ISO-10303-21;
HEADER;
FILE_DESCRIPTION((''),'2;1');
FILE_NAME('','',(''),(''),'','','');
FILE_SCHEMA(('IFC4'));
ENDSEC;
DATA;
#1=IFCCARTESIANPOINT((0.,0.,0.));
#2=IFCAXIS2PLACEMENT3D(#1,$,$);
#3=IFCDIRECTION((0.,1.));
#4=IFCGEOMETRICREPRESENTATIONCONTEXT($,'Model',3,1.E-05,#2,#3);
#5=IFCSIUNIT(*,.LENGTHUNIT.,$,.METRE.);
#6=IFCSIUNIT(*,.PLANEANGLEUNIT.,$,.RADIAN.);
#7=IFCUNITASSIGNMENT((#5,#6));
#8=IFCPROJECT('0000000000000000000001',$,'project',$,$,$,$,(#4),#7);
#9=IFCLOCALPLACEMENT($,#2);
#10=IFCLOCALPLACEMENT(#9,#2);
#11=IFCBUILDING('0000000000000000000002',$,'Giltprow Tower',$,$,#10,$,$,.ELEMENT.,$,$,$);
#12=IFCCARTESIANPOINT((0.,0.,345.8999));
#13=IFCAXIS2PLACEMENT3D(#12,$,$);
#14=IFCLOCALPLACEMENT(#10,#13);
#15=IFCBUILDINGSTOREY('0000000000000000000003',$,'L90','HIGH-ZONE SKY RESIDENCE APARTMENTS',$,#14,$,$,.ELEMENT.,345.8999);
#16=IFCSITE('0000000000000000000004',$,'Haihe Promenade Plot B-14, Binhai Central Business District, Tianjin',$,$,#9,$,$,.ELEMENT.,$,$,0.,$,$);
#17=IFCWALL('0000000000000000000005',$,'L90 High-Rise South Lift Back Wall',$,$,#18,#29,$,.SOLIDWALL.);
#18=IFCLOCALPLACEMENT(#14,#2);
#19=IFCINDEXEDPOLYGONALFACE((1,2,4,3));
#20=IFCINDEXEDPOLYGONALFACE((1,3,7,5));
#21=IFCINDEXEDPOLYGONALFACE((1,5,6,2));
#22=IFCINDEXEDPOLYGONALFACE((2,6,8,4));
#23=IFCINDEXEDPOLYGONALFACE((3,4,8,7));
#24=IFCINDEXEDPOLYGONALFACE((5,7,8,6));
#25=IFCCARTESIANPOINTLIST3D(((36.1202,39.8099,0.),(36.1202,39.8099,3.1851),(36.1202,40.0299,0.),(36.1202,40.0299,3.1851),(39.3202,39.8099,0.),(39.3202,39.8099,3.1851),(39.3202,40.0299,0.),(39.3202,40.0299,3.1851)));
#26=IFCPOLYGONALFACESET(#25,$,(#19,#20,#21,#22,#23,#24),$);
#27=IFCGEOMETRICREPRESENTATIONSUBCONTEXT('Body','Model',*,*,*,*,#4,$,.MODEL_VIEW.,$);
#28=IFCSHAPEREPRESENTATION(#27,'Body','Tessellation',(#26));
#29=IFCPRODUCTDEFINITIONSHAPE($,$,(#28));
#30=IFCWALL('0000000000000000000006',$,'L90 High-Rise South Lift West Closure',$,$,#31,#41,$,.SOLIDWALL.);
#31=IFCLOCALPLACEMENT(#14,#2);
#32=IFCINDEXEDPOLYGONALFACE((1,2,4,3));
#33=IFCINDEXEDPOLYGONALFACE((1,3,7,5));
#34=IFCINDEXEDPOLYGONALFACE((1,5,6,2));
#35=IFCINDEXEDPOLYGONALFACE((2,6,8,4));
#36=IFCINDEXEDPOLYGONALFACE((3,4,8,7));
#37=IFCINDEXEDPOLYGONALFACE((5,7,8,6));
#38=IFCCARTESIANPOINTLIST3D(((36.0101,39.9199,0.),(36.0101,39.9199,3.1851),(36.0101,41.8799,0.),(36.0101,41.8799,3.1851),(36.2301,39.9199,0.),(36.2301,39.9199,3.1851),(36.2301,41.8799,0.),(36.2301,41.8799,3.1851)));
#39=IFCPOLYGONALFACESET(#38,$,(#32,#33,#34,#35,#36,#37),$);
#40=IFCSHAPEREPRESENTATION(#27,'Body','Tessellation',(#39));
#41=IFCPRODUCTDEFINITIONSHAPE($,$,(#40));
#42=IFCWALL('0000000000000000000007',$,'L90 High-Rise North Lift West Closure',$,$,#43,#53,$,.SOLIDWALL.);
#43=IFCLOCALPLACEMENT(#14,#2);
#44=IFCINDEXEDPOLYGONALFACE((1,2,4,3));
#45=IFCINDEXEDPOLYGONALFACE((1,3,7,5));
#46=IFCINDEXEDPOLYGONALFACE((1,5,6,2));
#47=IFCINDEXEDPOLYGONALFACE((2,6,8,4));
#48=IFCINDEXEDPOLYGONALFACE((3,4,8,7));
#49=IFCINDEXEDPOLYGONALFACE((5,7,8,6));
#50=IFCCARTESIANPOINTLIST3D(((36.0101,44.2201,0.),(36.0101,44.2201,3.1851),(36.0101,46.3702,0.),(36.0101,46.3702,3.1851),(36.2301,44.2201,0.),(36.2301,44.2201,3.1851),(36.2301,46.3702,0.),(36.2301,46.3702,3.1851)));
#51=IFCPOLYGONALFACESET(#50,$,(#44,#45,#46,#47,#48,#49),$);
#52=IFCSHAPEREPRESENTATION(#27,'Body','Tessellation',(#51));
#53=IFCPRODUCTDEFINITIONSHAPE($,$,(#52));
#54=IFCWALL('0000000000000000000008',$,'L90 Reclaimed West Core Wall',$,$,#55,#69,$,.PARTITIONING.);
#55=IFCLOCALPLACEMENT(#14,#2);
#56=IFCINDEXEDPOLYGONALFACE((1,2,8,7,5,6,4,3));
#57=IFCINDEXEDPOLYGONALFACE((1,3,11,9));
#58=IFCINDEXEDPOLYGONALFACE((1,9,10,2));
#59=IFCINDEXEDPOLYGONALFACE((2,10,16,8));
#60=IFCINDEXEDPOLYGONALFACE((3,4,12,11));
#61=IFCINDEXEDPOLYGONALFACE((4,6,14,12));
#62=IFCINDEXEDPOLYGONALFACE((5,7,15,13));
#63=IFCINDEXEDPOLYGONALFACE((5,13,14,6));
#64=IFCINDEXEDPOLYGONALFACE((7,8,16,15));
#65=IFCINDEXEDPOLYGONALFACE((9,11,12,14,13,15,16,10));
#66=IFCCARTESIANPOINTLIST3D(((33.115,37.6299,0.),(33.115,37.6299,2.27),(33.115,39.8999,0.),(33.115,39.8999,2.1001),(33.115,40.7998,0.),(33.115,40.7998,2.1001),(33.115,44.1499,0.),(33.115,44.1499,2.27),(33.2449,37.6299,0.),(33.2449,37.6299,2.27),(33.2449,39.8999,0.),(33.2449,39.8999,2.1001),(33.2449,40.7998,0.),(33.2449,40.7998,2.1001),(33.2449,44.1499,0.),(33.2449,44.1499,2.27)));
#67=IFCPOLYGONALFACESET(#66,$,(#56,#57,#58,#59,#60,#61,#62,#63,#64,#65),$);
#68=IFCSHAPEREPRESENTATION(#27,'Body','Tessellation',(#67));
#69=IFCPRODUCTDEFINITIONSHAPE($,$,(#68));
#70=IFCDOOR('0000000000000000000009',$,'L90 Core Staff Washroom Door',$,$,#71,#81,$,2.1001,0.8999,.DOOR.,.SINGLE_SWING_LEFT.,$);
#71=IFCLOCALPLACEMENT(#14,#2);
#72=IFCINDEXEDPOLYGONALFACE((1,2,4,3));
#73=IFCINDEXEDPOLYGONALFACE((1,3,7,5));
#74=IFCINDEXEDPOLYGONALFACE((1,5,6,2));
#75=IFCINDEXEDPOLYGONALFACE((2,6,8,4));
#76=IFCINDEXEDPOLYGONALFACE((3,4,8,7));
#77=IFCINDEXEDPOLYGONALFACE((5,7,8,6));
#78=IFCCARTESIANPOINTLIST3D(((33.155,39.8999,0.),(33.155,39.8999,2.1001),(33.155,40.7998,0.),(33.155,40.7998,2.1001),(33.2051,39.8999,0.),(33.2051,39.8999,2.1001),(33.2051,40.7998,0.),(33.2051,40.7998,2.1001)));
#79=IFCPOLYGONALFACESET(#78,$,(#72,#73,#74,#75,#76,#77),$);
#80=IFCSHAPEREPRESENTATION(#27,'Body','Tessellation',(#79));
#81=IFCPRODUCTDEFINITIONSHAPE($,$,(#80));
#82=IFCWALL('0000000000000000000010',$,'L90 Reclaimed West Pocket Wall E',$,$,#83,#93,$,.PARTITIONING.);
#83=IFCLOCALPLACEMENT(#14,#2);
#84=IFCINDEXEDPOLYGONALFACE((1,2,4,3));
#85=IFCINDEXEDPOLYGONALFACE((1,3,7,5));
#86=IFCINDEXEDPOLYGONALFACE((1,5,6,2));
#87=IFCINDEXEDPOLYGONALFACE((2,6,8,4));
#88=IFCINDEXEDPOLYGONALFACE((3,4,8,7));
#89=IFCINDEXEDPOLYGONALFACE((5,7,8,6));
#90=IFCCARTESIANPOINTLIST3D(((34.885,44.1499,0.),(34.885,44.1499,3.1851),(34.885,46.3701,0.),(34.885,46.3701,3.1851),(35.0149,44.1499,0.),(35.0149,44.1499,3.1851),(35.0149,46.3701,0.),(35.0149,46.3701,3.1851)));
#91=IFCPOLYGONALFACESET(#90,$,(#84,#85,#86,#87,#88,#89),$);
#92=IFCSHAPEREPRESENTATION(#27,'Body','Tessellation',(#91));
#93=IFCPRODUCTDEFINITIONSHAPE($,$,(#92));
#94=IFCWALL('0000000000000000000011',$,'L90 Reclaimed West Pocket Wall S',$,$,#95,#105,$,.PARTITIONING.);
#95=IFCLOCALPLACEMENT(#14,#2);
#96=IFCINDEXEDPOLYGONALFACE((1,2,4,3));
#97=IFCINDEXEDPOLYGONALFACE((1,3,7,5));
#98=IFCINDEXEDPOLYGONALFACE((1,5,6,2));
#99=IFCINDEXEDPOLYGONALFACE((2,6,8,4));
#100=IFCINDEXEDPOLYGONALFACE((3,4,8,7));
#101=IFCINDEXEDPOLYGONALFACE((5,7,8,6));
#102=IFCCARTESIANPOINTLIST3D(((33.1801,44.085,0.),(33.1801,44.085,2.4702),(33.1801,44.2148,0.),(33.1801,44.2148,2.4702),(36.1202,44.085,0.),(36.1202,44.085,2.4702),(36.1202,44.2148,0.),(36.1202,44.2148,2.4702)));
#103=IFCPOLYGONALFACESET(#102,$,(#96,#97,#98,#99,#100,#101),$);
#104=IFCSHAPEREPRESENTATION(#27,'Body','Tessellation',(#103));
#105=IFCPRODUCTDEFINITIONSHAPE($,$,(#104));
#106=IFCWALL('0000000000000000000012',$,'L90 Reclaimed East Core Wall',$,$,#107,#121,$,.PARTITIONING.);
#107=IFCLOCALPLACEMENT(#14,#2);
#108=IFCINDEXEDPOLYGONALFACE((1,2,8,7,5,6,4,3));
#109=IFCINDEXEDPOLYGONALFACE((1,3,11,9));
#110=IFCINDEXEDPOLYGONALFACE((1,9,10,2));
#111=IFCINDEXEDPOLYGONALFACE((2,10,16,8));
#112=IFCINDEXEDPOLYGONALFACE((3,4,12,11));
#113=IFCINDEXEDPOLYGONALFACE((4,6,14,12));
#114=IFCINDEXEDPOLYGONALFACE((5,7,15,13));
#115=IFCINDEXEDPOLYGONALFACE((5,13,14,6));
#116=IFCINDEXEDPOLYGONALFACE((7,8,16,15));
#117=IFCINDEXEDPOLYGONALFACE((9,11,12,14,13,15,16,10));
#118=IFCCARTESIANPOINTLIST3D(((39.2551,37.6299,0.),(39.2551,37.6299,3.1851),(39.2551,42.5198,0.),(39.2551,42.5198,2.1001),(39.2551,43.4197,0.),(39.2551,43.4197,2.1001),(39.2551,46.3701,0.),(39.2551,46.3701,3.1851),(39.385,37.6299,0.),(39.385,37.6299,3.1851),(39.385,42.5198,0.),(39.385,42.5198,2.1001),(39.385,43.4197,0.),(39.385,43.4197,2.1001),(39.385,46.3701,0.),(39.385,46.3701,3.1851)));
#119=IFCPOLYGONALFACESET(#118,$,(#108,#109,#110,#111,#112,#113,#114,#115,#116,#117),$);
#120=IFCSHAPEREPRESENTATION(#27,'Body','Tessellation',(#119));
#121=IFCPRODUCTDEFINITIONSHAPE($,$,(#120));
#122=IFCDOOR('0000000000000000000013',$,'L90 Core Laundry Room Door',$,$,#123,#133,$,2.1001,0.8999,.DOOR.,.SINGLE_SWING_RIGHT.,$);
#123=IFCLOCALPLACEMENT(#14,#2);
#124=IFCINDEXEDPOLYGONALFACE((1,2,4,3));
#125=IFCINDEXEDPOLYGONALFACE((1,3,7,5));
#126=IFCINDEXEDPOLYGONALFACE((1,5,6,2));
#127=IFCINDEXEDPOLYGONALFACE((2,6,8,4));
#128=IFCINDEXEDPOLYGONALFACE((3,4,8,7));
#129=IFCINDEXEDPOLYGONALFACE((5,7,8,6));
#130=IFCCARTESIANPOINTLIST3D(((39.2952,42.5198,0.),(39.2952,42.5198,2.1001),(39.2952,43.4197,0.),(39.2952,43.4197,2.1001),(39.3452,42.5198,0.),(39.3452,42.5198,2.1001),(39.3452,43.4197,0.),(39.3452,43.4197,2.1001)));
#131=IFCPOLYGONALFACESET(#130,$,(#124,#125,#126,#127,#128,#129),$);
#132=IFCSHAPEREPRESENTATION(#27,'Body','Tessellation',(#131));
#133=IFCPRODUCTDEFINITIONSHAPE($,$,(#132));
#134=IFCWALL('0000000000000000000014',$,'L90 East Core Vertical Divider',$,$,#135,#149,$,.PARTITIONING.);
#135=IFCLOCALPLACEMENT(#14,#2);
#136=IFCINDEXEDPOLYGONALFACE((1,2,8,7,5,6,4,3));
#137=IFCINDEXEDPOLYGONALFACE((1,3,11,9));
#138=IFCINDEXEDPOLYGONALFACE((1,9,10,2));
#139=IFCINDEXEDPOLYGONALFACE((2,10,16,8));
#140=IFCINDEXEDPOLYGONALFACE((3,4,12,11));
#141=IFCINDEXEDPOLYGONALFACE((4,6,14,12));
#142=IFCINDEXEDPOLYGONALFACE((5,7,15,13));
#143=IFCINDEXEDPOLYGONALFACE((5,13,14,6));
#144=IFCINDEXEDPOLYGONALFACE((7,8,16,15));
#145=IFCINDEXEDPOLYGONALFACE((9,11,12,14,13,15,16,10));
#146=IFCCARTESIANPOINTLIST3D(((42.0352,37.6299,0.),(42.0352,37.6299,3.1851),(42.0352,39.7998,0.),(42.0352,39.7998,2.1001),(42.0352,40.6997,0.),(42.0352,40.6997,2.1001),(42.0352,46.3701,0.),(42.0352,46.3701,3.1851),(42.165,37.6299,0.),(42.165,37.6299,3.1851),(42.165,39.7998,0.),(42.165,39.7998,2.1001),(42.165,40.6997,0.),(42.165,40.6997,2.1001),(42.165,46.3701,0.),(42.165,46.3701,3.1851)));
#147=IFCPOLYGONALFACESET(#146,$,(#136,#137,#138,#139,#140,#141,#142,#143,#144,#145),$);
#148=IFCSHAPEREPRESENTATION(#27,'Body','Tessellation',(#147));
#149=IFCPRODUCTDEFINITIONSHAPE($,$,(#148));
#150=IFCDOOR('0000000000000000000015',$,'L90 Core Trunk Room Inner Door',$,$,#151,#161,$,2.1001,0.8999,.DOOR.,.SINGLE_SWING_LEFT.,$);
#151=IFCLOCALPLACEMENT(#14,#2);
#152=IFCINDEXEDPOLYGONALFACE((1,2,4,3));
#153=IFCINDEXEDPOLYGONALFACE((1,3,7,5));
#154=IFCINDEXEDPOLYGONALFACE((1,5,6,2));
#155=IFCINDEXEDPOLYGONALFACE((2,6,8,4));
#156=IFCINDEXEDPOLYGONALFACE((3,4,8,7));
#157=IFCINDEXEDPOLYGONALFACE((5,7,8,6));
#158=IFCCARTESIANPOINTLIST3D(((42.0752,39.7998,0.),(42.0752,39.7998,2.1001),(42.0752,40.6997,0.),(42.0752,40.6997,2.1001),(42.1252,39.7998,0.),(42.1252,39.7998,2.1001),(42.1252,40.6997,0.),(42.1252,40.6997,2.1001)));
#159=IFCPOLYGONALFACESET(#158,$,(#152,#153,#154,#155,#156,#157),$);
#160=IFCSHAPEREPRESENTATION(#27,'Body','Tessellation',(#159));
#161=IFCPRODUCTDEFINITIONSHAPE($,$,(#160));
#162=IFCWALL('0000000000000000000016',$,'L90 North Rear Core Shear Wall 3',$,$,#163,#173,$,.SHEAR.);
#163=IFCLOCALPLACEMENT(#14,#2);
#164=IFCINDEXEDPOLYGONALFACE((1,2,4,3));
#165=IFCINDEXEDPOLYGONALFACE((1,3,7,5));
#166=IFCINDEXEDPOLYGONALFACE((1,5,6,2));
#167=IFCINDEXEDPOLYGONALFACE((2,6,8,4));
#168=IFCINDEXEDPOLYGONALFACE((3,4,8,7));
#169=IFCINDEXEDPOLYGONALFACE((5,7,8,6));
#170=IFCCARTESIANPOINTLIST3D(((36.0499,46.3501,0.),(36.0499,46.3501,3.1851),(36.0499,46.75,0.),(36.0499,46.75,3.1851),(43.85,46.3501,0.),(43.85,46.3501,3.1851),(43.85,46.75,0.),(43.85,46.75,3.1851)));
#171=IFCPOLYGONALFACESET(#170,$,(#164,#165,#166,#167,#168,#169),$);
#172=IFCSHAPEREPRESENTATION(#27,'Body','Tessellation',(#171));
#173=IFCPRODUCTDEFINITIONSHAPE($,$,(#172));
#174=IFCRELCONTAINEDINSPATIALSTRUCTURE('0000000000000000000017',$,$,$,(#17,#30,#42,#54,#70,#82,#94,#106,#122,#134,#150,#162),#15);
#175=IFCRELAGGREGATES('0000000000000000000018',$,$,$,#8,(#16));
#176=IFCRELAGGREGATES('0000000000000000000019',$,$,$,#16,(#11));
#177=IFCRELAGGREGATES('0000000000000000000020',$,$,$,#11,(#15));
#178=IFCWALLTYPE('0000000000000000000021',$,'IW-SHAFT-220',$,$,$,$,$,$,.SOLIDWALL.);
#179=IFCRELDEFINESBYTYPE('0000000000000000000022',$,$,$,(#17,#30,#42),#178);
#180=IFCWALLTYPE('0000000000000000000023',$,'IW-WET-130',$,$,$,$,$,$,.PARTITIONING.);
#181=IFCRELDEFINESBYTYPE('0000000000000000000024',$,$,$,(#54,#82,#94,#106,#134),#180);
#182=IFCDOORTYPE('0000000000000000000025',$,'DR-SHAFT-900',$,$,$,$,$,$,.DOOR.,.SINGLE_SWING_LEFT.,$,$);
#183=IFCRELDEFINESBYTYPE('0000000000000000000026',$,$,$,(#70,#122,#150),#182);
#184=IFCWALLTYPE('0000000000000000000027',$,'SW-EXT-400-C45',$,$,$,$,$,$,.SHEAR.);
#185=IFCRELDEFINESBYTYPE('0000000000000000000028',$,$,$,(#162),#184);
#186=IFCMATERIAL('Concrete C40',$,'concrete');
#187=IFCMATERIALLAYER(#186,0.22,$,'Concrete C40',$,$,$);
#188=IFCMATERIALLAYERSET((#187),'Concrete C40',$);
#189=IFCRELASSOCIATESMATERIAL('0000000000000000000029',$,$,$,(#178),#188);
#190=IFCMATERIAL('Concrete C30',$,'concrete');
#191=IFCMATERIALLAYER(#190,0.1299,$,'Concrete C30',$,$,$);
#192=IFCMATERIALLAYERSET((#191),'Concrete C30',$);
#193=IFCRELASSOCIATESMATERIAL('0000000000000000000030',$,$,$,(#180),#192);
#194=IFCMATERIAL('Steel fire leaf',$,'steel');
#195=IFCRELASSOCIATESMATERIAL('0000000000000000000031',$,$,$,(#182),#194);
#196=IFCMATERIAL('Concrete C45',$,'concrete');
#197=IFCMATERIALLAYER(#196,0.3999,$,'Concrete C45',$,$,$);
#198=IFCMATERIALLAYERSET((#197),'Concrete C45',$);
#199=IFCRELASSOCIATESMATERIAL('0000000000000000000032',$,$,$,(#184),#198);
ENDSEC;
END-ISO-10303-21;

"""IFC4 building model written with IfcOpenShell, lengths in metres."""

from ifc_helpers import new_model, si_unit, direction, frame, frame_2d, origin, place, context, subcontext, project, spatial, rectangle, extrude, source, transform, mapped, material, layer, layer_set, type_object, element, fill, save


model = new_model("IFC4")

# Units and contexts
model_context = context("Model", 3, precision=1e-05, world=origin(), true_north=direction((0.0, 1.0)))
body_context = subcontext(model_context, "Body", "Model", "MODEL_VIEW")
ifc_project = project(units=[si_unit("LENGTHUNIT", "METRE"), si_unit("PLANEANGLEUNIT", "RADIAN")], contexts=[model_context])

# Site, building, storey
site_placement = place(None, origin())
site = spatial("IfcSite", under=ifc_project, at=site_placement, Name="Haihe Promenade Plot B-14, Binhai Central Business District, Tianjin", CompositionType="ELEMENT", RefElevation=0.0)
building_placement = place(site_placement, origin())
building = spatial("IfcBuilding", under=site, at=building_placement, Name="Giltprow Tower", CompositionType="ELEMENT")
storey_placement = place(building_placement, frame((0.0, 0.0, 345.8999)))
storey = spatial("IfcBuildingStorey", under=building, at=storey_placement, Name="L90", Description="HIGH-ZONE SKY RESIDENCE APARTMENTS", CompositionType="ELEMENT", Elevation=345.8999)

# Shared definitions
ifc_material_1 = material(Name="Concrete C45", Category="concrete")

# Shared definitions
ifc_material_2 = material(Name="Concrete C40", Category="concrete")
ifc_layer_1 = layer(ifc_material_2, 0.22, Name="Concrete C40")
ifc_layer_set_1 = layer_set([ifc_layer_1], Name="Concrete C40")
wall_type_1 = type_object("IfcWallType", Name="IW-SHAFT-220", PredefinedType="SOLIDWALL", material=ifc_layer_set_1)

# Walls
wall_1_placement = place(storey_placement, frame((36.1201, 39.9199, 0.0), z_axis=(0.0, 0.0, 1.0), x_axis=(1.0, 0.0, 0.0)))
element("IfcWall", 1, at=wall_1_placement, inside=storey, type_object=wall_type_1, Name="L90 High-Rise South Lift Back Wall", PredefinedType="SOLIDWALL", context=body_context, shape_type="SweptSolid", body=[
    extrude(rectangle(XDim=3.2, YDim=0.22, at=frame_2d((1.6001, 0.0))), origin(), (0.0, 0.0, 1.0), 3.1851),
])
wall_2_placement = place(storey_placement, frame((36.1201, 39.9199, 0.0), z_axis=(0.0, 0.0, 1.0), x_axis=(0.0, 1.0, 0.0)))
element("IfcWall", 2, at=wall_2_placement, inside=storey, type_object=wall_type_1, Name="L90 High-Rise South Lift West Closure", PredefinedType="SOLIDWALL", context=body_context, shape_type="SweptSolid", body=[
    extrude(rectangle(XDim=1.96, YDim=0.22, at=frame_2d((0.98, 0.0))), origin(), (0.0, 0.0, 1.0), 3.1851),
])
wall_3_placement = place(storey_placement, frame((36.1201, 44.22, 0.0), z_axis=(0.0, 0.0, 1.0), x_axis=(0.0, 1.0, 0.0)))
element("IfcWall", 3, at=wall_3_placement, inside=storey, type_object=wall_type_1, Name="L90 High-Rise North Lift West Closure", PredefinedType="SOLIDWALL", context=body_context, shape_type="SweptSolid", body=[
    extrude(rectangle(XDim=2.1501, YDim=0.22, at=frame_2d((1.0752, 0.0))), origin(), (0.0, 0.0, 1.0), 3.1851),
])

# Wall, opening, door
ifc_material_3 = material(Name="Concrete C30", Category="concrete")
ifc_layer_2 = layer(ifc_material_3, 0.1299, Name="Concrete C30")
ifc_layer_set_2 = layer_set([ifc_layer_2], Name="Concrete C30")
wall_type_2 = type_object("IfcWallType", Name="IW-WET-130", PredefinedType="PARTITIONING", material=ifc_layer_set_2)
wall_4_placement = place(storey_placement, frame((33.1799, 37.6299, 0.0), z_axis=(0.0, 0.0, 1.0), x_axis=(0.0, 1.0, 0.0)))
wall_4 = element("IfcWall", 4, at=wall_4_placement, inside=storey, type_object=wall_type_2, Name="L90 Reclaimed West Core Wall", PredefinedType="PARTITIONING", context=body_context, shape_type="SweptSolid", body=[
    extrude(rectangle(XDim=6.52, YDim=0.1299, at=frame_2d((3.26, 0.0))), origin(), (0.0, 0.0, 1.0), 2.27),
])
opening_1_placement = place(wall_4_placement, frame((2.27, 0.0, 0.0)))
opening_1 = element("IfcOpeningElement", 5, at=opening_1_placement, cuts=wall_4, PredefinedType="OPENING", context=body_context, shape_type="SweptSolid", body=[
    extrude(rectangle(XDim=0.8999, YDim=2.1001, at=frame_2d((0.45, 1.05))), frame((0.0, 0.075, 0.0), z_axis=(0.0, -1.0, 0.0), x_axis=(1.0, 0.0, 0.0)), (0.0, 0.0, 1.0), 0.1499),
])
ifc_material_4 = material(Name="Steel fire leaf", Category="steel")
door_type_1 = type_object("IfcDoorType", Name="DR-SHAFT-900", OperationType="SINGLE_SWING_LEFT", PredefinedType="DOOR", material=ifc_material_4)
shared_shape_1 = source(origin(), body_context, "Body", "SweptSolid", [
    extrude(rectangle(XDim=0.8999, YDim=2.1001, at=frame_2d((0.45, 1.05))), frame((0.0, 0.0249, 0.0), z_axis=(0.0, -1.0, 0.0), x_axis=(1.0, 0.0, 0.0)), (0.0, 0.0, 1.0), 0.05),
])
door_1_placement = place(opening_1_placement, origin())
door_1 = element("IfcDoor", 6, at=door_1_placement, inside=storey, type_object=door_type_1, Name="L90 Core Staff Washroom Door", OperationType="SINGLE_SWING_LEFT", OverallHeight=2.1001, OverallWidth=0.8999, PredefinedType="DOOR", context=body_context, shape_type="MappedRepresentation", body=[
    mapped(shared_shape_1, transform((0.0, 0.0, 0.0), x_axis=(1.0, 0.0, 0.0), y_axis=(0.0, 1.0, 0.0), z_axis=(0.0, 0.0, 1.0), scale=1.0)),
])
fill(opening_1, door_1)

# Walls
wall_5_placement = place(storey_placement, frame((34.95, 44.1499, 0.0), z_axis=(0.0, 0.0, 1.0), x_axis=(0.0, 1.0, 0.0)))
element("IfcWall", 7, at=wall_5_placement, inside=storey, type_object=wall_type_2, Name="L90 Reclaimed West Pocket Wall E", PredefinedType="PARTITIONING", context=body_context, shape_type="SweptSolid", body=[
    extrude(rectangle(XDim=2.2202, YDim=0.1299, at=frame_2d((1.1101, 0.0))), origin(), (0.0, 0.0, 1.0), 3.1851),
])
wall_6_placement = place(storey_placement, frame((33.1799, 44.1499, 0.0), z_axis=(0.0, 0.0, 1.0), x_axis=(1.0, 0.0, 0.0)))
element("IfcWall", 8, at=wall_6_placement, inside=storey, type_object=wall_type_2, Name="L90 Reclaimed West Pocket Wall S", PredefinedType="PARTITIONING", context=body_context, shape_type="SweptSolid", body=[
    extrude(rectangle(XDim=2.9402, YDim=0.1299, at=frame_2d((1.4702, 0.0))), origin(), (0.0, 0.0, 1.0), 2.4702),
])

# Walls, openings, doors
wall_7_placement = place(storey_placement, frame((39.3201, 37.6299, 0.0), z_axis=(0.0, 0.0, 1.0), x_axis=(0.0, 1.0, 0.0)))
wall_7 = element("IfcWall", 9, at=wall_7_placement, inside=storey, type_object=wall_type_2, Name="L90 Reclaimed East Core Wall", PredefinedType="PARTITIONING", context=body_context, shape_type="SweptSolid", body=[
    extrude(rectangle(XDim=8.7402, YDim=0.1299, at=frame_2d((4.3701, 0.0))), origin(), (0.0, 0.0, 1.0), 3.1851),
])
opening_2_placement = place(wall_7_placement, frame((4.8899, 0.0, 0.0)))
opening_2 = element("IfcOpeningElement", 10, at=opening_2_placement, cuts=wall_7, PredefinedType="OPENING", context=body_context, shape_type="SweptSolid", body=[
    extrude(rectangle(XDim=0.8999, YDim=2.1001, at=frame_2d((0.45, 1.05))), frame((0.0, 0.075, 0.0), z_axis=(0.0, -1.0, 0.0), x_axis=(1.0, 0.0, 0.0)), (0.0, 0.0, 1.0), 0.1499),
])
door_2_placement = place(opening_2_placement, origin())
door_2 = element("IfcDoor", 11, at=door_2_placement, inside=storey, type_object=door_type_1, Name="L90 Core Laundry Room Door", OperationType="SINGLE_SWING_RIGHT", OverallHeight=2.1001, OverallWidth=0.8999, PredefinedType="DOOR", context=body_context, shape_type="MappedRepresentation", body=[
    mapped(shared_shape_1, transform((0.0, 0.0, 0.0), x_axis=(1.0, 0.0, 0.0), y_axis=(0.0, 1.0, 0.0), z_axis=(0.0, 0.0, 1.0), scale=1.0)),
])
fill(opening_2, door_2)
wall_8_placement = place(storey_placement, frame((42.1001, 37.6299, 0.0), z_axis=(0.0, 0.0, 1.0), x_axis=(0.0, 1.0, 0.0)))
wall_8 = element("IfcWall", 12, at=wall_8_placement, inside=storey, type_object=wall_type_2, Name="L90 East Core Vertical Divider", PredefinedType="PARTITIONING", context=body_context, shape_type="SweptSolid", body=[
    extrude(rectangle(XDim=8.7402, YDim=0.1299, at=frame_2d((4.3701, 0.0))), origin(), (0.0, 0.0, 1.0), 3.1851),
])
opening_3_placement = place(wall_8_placement, frame((2.1699, 0.0, 0.0)))
opening_3 = element("IfcOpeningElement", 13, at=opening_3_placement, cuts=wall_8, PredefinedType="OPENING", context=body_context, shape_type="SweptSolid", body=[
    extrude(rectangle(XDim=0.8999, YDim=2.1001, at=frame_2d((0.45, 1.05))), frame((0.0, 0.075, 0.0), z_axis=(0.0, -1.0, 0.0), x_axis=(1.0, 0.0, 0.0)), (0.0, 0.0, 1.0), 0.1499),
])
door_3_placement = place(opening_3_placement, origin())
door_3 = element("IfcDoor", 14, at=door_3_placement, inside=storey, type_object=door_type_1, Name="L90 Core Trunk Room Inner Door", OperationType="SINGLE_SWING_LEFT", OverallHeight=2.1001, OverallWidth=0.8999, PredefinedType="DOOR", context=body_context, shape_type="MappedRepresentation", body=[
    mapped(shared_shape_1, transform((0.0, 0.0, 0.0), x_axis=(1.0, 0.0, 0.0), y_axis=(0.0, 1.0, 0.0), z_axis=(0.0, 0.0, 1.0), scale=1.0)),
])
fill(opening_3, door_3)

# Wall
ifc_layer_3 = layer(ifc_material_1, 0.3999, Name="Concrete C45")
ifc_layer_set_3 = layer_set([ifc_layer_3], Name="Concrete C45")
wall_type_3 = type_object("IfcWallType", Name="SW-EXT-400-C45", PredefinedType="SHEAR", material=ifc_layer_set_3)
wall_9_placement = place(storey_placement, frame((36.05, 46.55, 0.0), z_axis=(0.0, 0.0, 1.0), x_axis=(1.0, 0.0, 0.0)))
element("IfcWall", 15, at=wall_9_placement, inside=storey, type_object=wall_type_3, Name="L90 North Rear Core Shear Wall 3", PredefinedType="SHEAR", context=body_context, shape_type="SweptSolid", body=[
    extrude(rectangle(XDim=7.8, YDim=0.3999, at=frame_2d((3.8999, 0.0))), origin(), (0.0, 0.0, 1.0), 3.1851),
])

save(model, "model.ifc")
